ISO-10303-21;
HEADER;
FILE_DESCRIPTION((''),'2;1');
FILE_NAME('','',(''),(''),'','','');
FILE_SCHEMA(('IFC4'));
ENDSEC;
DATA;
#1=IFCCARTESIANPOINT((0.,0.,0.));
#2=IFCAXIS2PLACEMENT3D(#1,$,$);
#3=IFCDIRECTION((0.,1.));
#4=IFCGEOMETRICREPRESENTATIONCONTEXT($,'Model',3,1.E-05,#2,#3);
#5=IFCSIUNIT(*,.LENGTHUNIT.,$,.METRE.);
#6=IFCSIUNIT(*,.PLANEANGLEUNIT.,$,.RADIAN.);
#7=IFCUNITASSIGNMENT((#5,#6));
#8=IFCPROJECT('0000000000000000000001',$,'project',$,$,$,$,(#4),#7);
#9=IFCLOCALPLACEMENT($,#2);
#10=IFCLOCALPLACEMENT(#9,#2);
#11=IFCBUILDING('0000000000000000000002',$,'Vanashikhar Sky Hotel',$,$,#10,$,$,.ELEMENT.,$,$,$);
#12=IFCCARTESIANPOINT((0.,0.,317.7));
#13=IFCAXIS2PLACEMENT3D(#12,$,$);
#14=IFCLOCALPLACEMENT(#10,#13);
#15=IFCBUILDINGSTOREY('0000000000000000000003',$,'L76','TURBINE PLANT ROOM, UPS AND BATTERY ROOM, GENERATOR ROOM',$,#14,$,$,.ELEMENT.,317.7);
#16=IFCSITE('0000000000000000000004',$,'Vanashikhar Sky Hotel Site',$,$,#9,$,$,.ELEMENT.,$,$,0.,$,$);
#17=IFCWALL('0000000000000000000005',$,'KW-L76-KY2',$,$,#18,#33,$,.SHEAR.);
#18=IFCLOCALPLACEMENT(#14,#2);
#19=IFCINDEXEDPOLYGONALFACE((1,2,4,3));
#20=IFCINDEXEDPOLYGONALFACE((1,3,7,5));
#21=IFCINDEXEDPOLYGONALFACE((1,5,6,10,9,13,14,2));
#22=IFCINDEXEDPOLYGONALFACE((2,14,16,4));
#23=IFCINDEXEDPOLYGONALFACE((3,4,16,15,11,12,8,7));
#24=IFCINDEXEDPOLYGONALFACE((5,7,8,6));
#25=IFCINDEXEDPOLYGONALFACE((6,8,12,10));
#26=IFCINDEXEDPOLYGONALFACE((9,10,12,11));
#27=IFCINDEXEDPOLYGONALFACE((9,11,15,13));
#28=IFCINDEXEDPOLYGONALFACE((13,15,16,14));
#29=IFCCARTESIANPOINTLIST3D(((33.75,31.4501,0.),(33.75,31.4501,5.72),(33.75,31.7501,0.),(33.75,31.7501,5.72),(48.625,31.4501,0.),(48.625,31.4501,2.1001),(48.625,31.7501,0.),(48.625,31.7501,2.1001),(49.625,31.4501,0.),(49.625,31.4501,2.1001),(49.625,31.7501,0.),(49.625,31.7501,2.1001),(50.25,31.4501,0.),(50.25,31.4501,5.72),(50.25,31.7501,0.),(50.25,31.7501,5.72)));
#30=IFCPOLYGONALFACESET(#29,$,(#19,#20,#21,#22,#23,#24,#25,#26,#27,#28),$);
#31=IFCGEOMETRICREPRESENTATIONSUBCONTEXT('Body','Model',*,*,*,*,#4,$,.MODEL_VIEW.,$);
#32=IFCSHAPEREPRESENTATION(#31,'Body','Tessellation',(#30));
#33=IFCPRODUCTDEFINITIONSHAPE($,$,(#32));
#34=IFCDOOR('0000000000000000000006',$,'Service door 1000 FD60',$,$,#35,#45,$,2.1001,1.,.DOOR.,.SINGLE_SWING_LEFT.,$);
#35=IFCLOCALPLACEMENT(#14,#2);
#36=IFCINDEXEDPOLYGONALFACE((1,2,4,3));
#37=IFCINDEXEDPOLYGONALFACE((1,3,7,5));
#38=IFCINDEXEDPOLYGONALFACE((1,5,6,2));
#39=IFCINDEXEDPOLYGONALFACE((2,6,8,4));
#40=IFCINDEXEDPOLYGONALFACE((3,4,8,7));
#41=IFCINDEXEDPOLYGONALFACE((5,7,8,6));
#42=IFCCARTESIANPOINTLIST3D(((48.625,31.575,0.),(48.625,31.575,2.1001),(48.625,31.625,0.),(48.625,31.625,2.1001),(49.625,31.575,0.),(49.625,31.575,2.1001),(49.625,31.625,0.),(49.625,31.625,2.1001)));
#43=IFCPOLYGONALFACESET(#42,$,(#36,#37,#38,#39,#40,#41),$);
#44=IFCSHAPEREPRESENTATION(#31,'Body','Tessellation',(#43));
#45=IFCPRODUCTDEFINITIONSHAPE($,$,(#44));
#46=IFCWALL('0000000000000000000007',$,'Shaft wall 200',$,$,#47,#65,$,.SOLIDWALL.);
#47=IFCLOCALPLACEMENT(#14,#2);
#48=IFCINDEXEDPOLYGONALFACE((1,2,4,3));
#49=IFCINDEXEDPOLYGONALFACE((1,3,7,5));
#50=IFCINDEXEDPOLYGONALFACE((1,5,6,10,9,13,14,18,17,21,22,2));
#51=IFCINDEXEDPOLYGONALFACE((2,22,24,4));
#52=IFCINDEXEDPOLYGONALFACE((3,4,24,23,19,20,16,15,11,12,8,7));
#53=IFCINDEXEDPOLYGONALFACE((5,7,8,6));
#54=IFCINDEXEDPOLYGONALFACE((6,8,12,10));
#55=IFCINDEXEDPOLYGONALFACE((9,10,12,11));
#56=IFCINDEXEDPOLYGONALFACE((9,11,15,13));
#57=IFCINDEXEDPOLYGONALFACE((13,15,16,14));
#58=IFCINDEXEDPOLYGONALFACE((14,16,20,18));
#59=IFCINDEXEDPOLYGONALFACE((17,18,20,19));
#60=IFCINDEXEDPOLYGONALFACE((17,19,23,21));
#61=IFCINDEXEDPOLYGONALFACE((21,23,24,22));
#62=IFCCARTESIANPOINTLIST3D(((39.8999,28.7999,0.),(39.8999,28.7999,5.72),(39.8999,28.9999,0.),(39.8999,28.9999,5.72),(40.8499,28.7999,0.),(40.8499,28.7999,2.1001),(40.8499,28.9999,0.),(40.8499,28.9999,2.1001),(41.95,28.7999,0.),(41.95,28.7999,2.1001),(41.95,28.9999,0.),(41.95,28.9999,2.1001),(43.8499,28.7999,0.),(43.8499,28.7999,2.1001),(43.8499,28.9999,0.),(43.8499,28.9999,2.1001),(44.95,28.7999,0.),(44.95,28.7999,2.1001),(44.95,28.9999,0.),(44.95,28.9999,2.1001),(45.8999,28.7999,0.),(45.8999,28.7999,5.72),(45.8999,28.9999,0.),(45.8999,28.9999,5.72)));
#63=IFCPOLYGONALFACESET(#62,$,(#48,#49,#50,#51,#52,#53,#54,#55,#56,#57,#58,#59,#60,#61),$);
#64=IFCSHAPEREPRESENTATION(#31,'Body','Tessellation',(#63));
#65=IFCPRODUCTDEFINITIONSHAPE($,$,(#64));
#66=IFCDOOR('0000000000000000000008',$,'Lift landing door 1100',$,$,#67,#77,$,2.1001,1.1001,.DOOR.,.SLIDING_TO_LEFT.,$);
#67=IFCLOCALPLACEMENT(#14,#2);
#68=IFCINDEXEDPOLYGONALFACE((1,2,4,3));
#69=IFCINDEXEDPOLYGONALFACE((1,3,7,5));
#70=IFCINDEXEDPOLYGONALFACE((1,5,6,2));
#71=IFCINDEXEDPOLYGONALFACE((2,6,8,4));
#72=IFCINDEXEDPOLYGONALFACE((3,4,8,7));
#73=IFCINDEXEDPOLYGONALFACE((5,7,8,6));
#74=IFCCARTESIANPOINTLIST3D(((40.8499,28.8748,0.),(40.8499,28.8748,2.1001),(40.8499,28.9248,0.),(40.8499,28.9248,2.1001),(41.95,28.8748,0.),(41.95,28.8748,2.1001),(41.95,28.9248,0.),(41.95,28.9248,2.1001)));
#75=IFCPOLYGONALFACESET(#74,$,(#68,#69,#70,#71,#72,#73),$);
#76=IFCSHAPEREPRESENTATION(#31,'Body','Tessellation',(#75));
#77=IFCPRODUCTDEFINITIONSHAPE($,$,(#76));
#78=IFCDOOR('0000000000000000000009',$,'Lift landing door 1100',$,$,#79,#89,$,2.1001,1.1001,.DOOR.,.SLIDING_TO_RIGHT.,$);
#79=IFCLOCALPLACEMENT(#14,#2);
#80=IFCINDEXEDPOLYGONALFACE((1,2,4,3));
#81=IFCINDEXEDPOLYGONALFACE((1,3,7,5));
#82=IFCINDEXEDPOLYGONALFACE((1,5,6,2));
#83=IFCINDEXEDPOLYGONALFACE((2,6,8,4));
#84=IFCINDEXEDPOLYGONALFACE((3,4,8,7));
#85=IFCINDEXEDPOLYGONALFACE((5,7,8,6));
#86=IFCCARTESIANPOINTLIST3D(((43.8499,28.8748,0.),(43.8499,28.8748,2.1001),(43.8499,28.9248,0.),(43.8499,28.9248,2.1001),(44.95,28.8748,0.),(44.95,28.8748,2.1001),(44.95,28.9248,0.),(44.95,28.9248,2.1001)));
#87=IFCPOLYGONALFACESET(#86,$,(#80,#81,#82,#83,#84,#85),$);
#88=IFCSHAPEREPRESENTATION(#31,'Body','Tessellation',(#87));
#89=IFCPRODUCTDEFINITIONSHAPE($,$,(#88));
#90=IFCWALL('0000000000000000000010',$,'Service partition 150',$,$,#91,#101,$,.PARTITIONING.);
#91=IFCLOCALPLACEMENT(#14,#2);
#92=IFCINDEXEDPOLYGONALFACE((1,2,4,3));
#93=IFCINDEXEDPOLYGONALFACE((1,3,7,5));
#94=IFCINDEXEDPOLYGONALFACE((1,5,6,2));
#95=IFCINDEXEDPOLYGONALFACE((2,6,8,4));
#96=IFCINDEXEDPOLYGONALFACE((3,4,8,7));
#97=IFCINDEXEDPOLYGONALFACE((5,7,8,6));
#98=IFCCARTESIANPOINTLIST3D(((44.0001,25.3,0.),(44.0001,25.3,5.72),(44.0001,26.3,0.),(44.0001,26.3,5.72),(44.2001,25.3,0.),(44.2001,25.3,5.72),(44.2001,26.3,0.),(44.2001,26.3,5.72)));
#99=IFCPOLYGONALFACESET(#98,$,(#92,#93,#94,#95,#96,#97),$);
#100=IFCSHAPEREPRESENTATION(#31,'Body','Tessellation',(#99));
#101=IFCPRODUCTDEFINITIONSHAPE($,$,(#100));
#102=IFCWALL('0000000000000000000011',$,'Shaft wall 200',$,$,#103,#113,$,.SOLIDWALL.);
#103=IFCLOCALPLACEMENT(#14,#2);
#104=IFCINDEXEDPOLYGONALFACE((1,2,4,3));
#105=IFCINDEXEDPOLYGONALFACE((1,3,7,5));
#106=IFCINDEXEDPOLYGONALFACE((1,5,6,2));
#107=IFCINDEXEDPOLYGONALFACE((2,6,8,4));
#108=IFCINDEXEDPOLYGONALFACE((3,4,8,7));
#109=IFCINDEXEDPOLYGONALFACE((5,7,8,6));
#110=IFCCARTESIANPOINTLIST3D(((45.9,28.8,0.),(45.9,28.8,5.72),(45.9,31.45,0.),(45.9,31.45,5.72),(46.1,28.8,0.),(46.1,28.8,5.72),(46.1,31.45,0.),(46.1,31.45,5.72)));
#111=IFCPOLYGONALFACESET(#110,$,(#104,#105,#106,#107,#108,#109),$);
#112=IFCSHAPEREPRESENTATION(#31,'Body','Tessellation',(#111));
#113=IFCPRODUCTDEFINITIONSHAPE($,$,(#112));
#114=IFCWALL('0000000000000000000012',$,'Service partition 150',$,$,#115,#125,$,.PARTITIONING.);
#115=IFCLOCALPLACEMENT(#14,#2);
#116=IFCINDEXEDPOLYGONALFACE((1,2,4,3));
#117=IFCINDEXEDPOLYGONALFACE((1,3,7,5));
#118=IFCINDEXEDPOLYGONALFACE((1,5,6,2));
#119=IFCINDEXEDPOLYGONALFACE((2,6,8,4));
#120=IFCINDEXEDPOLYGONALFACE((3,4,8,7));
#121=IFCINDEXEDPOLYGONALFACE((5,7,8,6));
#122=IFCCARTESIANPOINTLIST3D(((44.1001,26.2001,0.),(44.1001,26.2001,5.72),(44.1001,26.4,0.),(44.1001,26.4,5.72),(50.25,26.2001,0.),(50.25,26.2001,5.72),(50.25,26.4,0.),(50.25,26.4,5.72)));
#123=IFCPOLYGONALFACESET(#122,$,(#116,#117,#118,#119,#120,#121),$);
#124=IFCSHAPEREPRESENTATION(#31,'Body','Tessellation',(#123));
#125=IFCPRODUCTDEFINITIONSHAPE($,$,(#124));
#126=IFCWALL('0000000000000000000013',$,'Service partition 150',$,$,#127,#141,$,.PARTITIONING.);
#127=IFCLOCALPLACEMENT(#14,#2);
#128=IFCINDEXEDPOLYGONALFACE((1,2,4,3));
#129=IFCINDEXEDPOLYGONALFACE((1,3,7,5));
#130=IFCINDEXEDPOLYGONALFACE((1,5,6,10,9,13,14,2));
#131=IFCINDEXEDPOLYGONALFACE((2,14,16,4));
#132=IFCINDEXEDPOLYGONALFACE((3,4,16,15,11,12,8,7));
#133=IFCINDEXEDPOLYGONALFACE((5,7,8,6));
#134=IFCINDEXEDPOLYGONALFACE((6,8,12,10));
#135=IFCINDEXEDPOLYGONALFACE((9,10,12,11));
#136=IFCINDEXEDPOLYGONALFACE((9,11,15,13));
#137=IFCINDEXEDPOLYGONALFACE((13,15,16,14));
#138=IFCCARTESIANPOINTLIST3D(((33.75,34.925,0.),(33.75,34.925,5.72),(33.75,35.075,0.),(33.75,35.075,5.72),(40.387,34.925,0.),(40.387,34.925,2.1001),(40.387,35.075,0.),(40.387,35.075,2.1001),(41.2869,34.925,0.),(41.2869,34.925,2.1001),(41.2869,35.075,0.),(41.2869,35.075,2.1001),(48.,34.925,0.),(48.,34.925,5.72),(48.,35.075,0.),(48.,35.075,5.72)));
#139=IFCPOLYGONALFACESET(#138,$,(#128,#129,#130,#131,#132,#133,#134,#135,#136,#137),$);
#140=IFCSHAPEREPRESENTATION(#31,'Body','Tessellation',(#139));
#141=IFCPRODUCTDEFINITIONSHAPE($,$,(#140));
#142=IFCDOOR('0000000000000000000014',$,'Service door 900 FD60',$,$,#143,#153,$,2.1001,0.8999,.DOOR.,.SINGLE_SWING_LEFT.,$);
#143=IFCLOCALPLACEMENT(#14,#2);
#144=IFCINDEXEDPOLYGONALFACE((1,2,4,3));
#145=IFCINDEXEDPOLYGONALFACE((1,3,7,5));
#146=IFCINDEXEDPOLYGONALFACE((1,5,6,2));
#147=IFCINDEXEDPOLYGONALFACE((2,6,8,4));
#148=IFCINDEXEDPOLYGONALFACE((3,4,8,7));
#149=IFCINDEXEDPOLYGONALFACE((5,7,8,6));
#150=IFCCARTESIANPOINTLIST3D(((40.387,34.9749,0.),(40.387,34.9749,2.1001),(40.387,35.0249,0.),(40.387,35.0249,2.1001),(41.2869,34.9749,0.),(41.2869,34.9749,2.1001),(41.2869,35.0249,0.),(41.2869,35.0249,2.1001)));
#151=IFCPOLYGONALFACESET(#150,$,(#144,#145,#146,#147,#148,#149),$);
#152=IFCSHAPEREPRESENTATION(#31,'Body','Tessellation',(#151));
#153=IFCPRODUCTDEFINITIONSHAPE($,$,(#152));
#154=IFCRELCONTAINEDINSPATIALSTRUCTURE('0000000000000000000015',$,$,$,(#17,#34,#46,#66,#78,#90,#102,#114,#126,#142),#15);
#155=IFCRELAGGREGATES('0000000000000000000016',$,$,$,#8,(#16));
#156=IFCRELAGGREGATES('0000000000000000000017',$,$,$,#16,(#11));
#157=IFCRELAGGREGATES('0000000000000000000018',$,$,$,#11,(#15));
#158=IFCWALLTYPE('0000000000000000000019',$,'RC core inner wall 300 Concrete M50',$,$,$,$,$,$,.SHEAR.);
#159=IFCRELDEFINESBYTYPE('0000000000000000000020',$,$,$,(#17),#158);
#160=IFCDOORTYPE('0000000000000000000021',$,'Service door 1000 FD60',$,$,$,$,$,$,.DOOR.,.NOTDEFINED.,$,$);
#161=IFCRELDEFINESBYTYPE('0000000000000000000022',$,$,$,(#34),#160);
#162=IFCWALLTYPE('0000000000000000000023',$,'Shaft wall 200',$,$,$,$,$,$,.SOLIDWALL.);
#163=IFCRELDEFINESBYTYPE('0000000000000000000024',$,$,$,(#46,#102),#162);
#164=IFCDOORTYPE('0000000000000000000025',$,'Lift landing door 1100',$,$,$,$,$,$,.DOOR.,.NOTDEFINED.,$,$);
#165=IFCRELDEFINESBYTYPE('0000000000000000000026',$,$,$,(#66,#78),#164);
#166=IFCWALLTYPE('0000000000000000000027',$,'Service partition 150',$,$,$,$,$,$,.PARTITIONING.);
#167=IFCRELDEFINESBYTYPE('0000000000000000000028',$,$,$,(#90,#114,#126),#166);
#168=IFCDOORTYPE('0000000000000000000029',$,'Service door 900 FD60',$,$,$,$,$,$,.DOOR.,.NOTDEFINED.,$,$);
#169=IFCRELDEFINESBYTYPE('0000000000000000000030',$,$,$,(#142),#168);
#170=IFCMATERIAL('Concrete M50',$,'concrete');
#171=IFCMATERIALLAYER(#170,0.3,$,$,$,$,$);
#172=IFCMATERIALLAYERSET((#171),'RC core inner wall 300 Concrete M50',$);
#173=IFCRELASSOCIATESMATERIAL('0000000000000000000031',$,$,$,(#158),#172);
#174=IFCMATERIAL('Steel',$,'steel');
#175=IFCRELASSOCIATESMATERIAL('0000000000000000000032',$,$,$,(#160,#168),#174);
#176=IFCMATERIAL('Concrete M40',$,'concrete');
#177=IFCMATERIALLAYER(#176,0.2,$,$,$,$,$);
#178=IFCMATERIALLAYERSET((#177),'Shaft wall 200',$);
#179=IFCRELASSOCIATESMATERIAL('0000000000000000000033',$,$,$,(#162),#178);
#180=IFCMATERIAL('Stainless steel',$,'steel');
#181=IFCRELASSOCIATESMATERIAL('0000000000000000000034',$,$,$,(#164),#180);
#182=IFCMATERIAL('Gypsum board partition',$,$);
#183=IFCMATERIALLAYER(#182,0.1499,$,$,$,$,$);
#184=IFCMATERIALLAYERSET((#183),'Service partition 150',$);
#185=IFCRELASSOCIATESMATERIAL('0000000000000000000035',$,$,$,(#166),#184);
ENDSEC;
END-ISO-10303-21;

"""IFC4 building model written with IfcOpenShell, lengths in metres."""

from ifc_helpers import new_model, si_unit, direction, frame, frame_2d, origin, place, context, subcontext, project, spatial, rectangle, extrude, source, transform, mapped, material, layer, layer_set, type_object, element, fill, save


model = new_model("IFC4")

# Units and contexts
model_context = context("Model", 3, precision=1e-05, world=origin(), true_north=direction((0.0, 1.0)))
body_context = subcontext(model_context, "Body", "Model", "MODEL_VIEW")
ifc_project = project(units=[si_unit("LENGTHUNIT", "METRE"), si_unit("PLANEANGLEUNIT", "RADIAN")], contexts=[model_context])

# Site, building, storey
site_placement = place(None, origin())
site = spatial("IfcSite", under=ifc_project, at=site_placement, Name="Vanashikhar Sky Hotel Site", CompositionType="ELEMENT", RefElevation=0.0)
building_placement = place(site_placement, origin())
building = spatial("IfcBuilding", under=site, at=building_placement, Name="Vanashikhar Sky Hotel", CompositionType="ELEMENT")
storey_placement = place(building_placement, frame((0.0, 0.0, 317.7)))
storey = spatial("IfcBuildingStorey", under=building, at=storey_placement, Name="L76", Description="TURBINE PLANT ROOM, UPS AND BATTERY ROOM, GENERATOR ROOM", CompositionType="ELEMENT", Elevation=317.7)

# Wall, opening, door
ifc_material_1 = material(Name="Concrete M50", Category="concrete")
ifc_layer_1 = layer(ifc_material_1, 0.3)
ifc_layer_set_1 = layer_set([ifc_layer_1], Name="RC core inner wall 300 Concrete M50")
wall_type_1 = type_object("IfcWallType", Name="RC core inner wall 300 Concrete M50", PredefinedType="SHEAR", material=ifc_layer_set_1)
shared_shape_1 = source(origin(), body_context, "Body", "SweptSolid", [
    extrude(rectangle(XDim=16.5, YDim=0.3, at=frame_2d((8.25, 0.0))), origin(), (0.0, 0.0, 1.0), 5.72),
])
wall_1_placement = place(storey_placement, frame((33.75, 31.6001, 0.0), z_axis=(0.0, 0.0, 1.0), x_axis=(1.0, 0.0, 0.0)))
wall_1 = element("IfcWall", 1, at=wall_1_placement, inside=storey, type_object=wall_type_1, Name="KW-L76-KY2", PredefinedType="SHEAR", context=body_context, shape_type="MappedRepresentation", body=[
    mapped(shared_shape_1, transform((0.0, 0.0, 0.0), scale=1.0)),
])
shared_shape_2 = source(origin(), body_context, "Body", "SweptSolid", [
    extrude(rectangle(XDim=1.0, YDim=2.1001, at=frame_2d((0.5, 1.05))), frame((0.0, 0.1602, 0.0), z_axis=(0.0, -1.0, 0.0), x_axis=(1.0, 0.0, 0.0)), (0.0, 0.0, 1.0), 0.3201),
])
opening_1_placement = place(wall_1_placement, frame((14.875, 0.0, 0.0)))
opening_1 = element("IfcOpeningElement", 2, at=opening_1_placement, cuts=wall_1, PredefinedType="OPENING", context=body_context, shape_type="MappedRepresentation", body=[
    mapped(shared_shape_2, transform((0.0, 0.0, 0.0), scale=1.0)),
])
ifc_material_2 = material(Name="Steel", Category="steel")
door_type_1 = type_object("IfcDoorType", Name="Service door 1000 FD60", OperationType="NOTDEFINED", PredefinedType="DOOR", material=ifc_material_2)
shared_shape_3 = source(origin(), body_context, "Body", "SweptSolid", [
    extrude(rectangle(XDim=1.0, YDim=2.1001, at=frame_2d((0.5, 1.05))), frame((0.0, 0.0249, 0.0), z_axis=(0.0, -1.0, 0.0), x_axis=(1.0, 0.0, 0.0)), (0.0, 0.0, 1.0), 0.05),
])
door_1_placement = place(opening_1_placement, origin())
door_1 = element("IfcDoor", 3, at=door_1_placement, inside=storey, type_object=door_type_1, Name="Service door 1000 FD60", OperationType="SINGLE_SWING_LEFT", OverallHeight=2.1001, OverallWidth=1.0, PredefinedType="DOOR", context=body_context, shape_type="MappedRepresentation", body=[
    mapped(shared_shape_3, transform((0.0, 0.0, 0.0), scale=1.0)),
])
fill(opening_1, door_1)

# Wall, openings, doors
ifc_material_3 = material(Name="Concrete M40", Category="concrete")
ifc_layer_2 = layer(ifc_material_3, 0.2)
ifc_layer_set_2 = layer_set([ifc_layer_2], Name="Shaft wall 200")
wall_type_2 = type_object("IfcWallType", Name="Shaft wall 200", PredefinedType="SOLIDWALL", material=ifc_layer_set_2)
shared_shape_4 = source(origin(), body_context, "Body", "SweptSolid", [
    extrude(rectangle(XDim=6.0, YDim=0.2, at=frame_2d((3.0, 0.0))), origin(), (0.0, 0.0, 1.0), 5.72),
])
wall_2_placement = place(storey_placement, frame((39.8999, 28.8999, 0.0), z_axis=(0.0, 0.0, 1.0), x_axis=(1.0, 0.0, 0.0)))
wall_2 = element("IfcWall", 4, at=wall_2_placement, inside=storey, type_object=wall_type_2, Name="Shaft wall 200", PredefinedType="SOLIDWALL", context=body_context, shape_type="MappedRepresentation", body=[
    mapped(shared_shape_4, transform((0.0, 0.0, 0.0), scale=1.0)),
])
shared_shape_5 = source(origin(), body_context, "Body", "SweptSolid", [
    extrude(rectangle(XDim=1.1001, YDim=2.1001, at=frame_2d((0.55, 1.05))), frame((0.0, 0.1099, 0.0), z_axis=(0.0, -1.0, 0.0), x_axis=(1.0, 0.0, 0.0)), (0.0, 0.0, 1.0), 0.22),
])
opening_2_placement = place(wall_2_placement, frame((0.95, 0.0, 0.0)))
opening_2 = element("IfcOpeningElement", 5, at=opening_2_placement, cuts=wall_2, PredefinedType="OPENING", context=body_context, shape_type="MappedRepresentation", body=[
    mapped(shared_shape_5, transform((0.0, 0.0, 0.0), scale=1.0)),
])
opening_3_placement = place(wall_2_placement, frame((3.95, 0.0, 0.0)))
opening_3 = element("IfcOpeningElement", 6, at=opening_3_placement, cuts=wall_2, PredefinedType="OPENING", context=body_context, shape_type="MappedRepresentation", body=[
    mapped(shared_shape_5, transform((0.0, 0.0, 0.0), scale=1.0)),
])
ifc_material_4 = material(Name="Stainless steel", Category="steel")
door_type_2 = type_object("IfcDoorType", Name="Lift landing door 1100", OperationType="NOTDEFINED", PredefinedType="DOOR", material=ifc_material_4)
shared_shape_6 = source(origin(), body_context, "Body", "SweptSolid", [
    extrude(rectangle(XDim=1.1001, YDim=2.1001, at=frame_2d((0.55, 1.05))), frame((0.0, 0.0249, 0.0), z_axis=(0.0, -1.0, 0.0), x_axis=(1.0, 0.0, 0.0)), (0.0, 0.0, 1.0), 0.05),
])
door_2_placement = place(opening_2_placement, origin())
door_2 = element("IfcDoor", 7, at=door_2_placement, inside=storey, type_object=door_type_2, Name="Lift landing door 1100", OperationType="SLIDING_TO_LEFT", OverallHeight=2.1001, OverallWidth=1.1001, PredefinedType="DOOR", context=body_context, shape_type="MappedRepresentation", body=[
    mapped(shared_shape_6, transform((0.0, 0.0, 0.0), scale=1.0)),
])
fill(opening_2, door_2)
door_3_placement = place(opening_3_placement, origin())
door_3 = element("IfcDoor", 8, at=door_3_placement, inside=storey, type_object=door_type_2, Name="Lift landing door 1100", OperationType="SLIDING_TO_RIGHT", OverallHeight=2.1001, OverallWidth=1.1001, PredefinedType="DOOR", context=body_context, shape_type="MappedRepresentation", body=[
    mapped(shared_shape_6, transform((0.0, 0.0, 0.0), scale=1.0)),
])
fill(opening_3, door_3)

# Walls
ifc_material_5 = material(Name="Gypsum board partition")
ifc_layer_3 = layer(ifc_material_5, 0.1499)
ifc_layer_set_3 = layer_set([ifc_layer_3], Name="Service partition 150")
wall_type_3 = type_object("IfcWallType", Name="Service partition 150", PredefinedType="PARTITIONING", material=ifc_layer_set_3)
shared_shape_7 = source(origin(), body_context, "Body", "SweptSolid", [
    extrude(rectangle(XDim=1.0, YDim=0.2, at=frame_2d((0.5, 0.0))), origin(), (0.0, 0.0, 1.0), 5.72),
])
wall_3_placement = place(storey_placement, frame((44.1001, 25.3, 0.0), z_axis=(0.0, 0.0, 1.0), x_axis=(0.0, 1.0, 0.0)))
element("IfcWall", 9, at=wall_3_placement, inside=storey, type_object=wall_type_3, Name="Service partition 150", PredefinedType="PARTITIONING", context=body_context, shape_type="MappedRepresentation", body=[
    mapped(shared_shape_7, transform((0.0, 0.0, 0.0), scale=1.0)),
])
shared_shape_8 = source(origin(), body_context, "Body", "SweptSolid", [
    extrude(rectangle(XDim=2.6499, YDim=0.2, at=frame_2d((1.325, 0.0))), origin(), (0.0, 0.0, 1.0), 5.72),
])
wall_4_placement = place(storey_placement, frame((46.0, 28.8, 0.0), z_axis=(0.0, 0.0, 1.0), x_axis=(0.0, 1.0, 0.0)))
element("IfcWall", 10, at=wall_4_placement, inside=storey, type_object=wall_type_2, Name="Shaft wall 200", PredefinedType="SOLIDWALL", context=body_context, shape_type="MappedRepresentation", body=[
    mapped(shared_shape_8, transform((0.0, 0.0, 0.0), scale=1.0)),
])
shared_shape_9 = source(origin(), body_context, "Body", "SweptSolid", [
    extrude(rectangle(XDim=6.1499, YDim=0.2, at=frame_2d((3.075, 0.0))), origin(), (0.0, 0.0, 1.0), 5.72),
])
wall_5_placement = place(storey_placement, frame((44.1001, 26.3, 0.0), z_axis=(0.0, 0.0, 1.0), x_axis=(1.0, 0.0, 0.0)))
element("IfcWall", 11, at=wall_5_placement, inside=storey, type_object=wall_type_3, Name="Service partition 150", PredefinedType="PARTITIONING", context=body_context, shape_type="MappedRepresentation", body=[
    mapped(shared_shape_9, transform((0.0, 0.0, 0.0), scale=1.0)),
])

# Wall, opening, door
shared_shape_10 = source(origin(), body_context, "Body", "SweptSolid", [
    extrude(rectangle(XDim=14.25, YDim=0.1499, at=frame_2d((7.125, 0.0))), origin(), (0.0, 0.0, 1.0), 5.72),
])
wall_6_placement = place(storey_placement, frame((33.75, 35.0, 0.0), z_axis=(0.0, 0.0, 1.0), x_axis=(1.0, 0.0, 0.0)))
wall_6 = element("IfcWall", 12, at=wall_6_placement, inside=storey, type_object=wall_type_3, Name="Service partition 150", PredefinedType="PARTITIONING", context=body_context, shape_type="MappedRepresentation", body=[
    mapped(shared_shape_10, transform((0.0, 0.0, 0.0), scale=1.0)),
])
shared_shape_11 = source(origin(), body_context, "Body", "SweptSolid", [
    extrude(rectangle(XDim=0.8999, YDim=2.1001, at=frame_2d((0.45, 1.05))), frame((0.0, 0.085, 0.0), z_axis=(0.0, -1.0, 0.0), x_axis=(1.0, 0.0, 0.0)), (0.0, 0.0, 1.0), 0.1699),
])
opening_4_placement = place(wall_6_placement, frame((6.637, 0.0, 0.0)))
opening_4 = element("IfcOpeningElement", 13, at=opening_4_placement, cuts=wall_6, PredefinedType="OPENING", context=body_context, shape_type="MappedRepresentation", body=[
    mapped(shared_shape_11, transform((0.0, 0.0, 0.0), scale=1.0)),
])
door_type_3 = type_object("IfcDoorType", Name="Service door 900 FD60", OperationType="NOTDEFINED", PredefinedType="DOOR", material=ifc_material_2)
shared_shape_12 = source(origin(), body_context, "Body", "SweptSolid", [
    extrude(rectangle(XDim=0.8999, YDim=2.1001, at=frame_2d((0.45, 1.05))), frame((0.0, 0.0249, 0.0), z_axis=(0.0, -1.0, 0.0), x_axis=(1.0, 0.0, 0.0)), (0.0, 0.0, 1.0), 0.05),
])
door_4_placement = place(opening_4_placement, origin())
door_4 = element("IfcDoor", 14, at=door_4_placement, inside=storey, type_object=door_type_3, Name="Service door 900 FD60", OperationType="SINGLE_SWING_LEFT", OverallHeight=2.1001, OverallWidth=0.8999, PredefinedType="DOOR", context=body_context, shape_type="MappedRepresentation", body=[
    mapped(shared_shape_12, transform((0.0, 0.0, 0.0), scale=1.0)),
])
fill(opening_4, door_4)

save(model, "model.ifc")
